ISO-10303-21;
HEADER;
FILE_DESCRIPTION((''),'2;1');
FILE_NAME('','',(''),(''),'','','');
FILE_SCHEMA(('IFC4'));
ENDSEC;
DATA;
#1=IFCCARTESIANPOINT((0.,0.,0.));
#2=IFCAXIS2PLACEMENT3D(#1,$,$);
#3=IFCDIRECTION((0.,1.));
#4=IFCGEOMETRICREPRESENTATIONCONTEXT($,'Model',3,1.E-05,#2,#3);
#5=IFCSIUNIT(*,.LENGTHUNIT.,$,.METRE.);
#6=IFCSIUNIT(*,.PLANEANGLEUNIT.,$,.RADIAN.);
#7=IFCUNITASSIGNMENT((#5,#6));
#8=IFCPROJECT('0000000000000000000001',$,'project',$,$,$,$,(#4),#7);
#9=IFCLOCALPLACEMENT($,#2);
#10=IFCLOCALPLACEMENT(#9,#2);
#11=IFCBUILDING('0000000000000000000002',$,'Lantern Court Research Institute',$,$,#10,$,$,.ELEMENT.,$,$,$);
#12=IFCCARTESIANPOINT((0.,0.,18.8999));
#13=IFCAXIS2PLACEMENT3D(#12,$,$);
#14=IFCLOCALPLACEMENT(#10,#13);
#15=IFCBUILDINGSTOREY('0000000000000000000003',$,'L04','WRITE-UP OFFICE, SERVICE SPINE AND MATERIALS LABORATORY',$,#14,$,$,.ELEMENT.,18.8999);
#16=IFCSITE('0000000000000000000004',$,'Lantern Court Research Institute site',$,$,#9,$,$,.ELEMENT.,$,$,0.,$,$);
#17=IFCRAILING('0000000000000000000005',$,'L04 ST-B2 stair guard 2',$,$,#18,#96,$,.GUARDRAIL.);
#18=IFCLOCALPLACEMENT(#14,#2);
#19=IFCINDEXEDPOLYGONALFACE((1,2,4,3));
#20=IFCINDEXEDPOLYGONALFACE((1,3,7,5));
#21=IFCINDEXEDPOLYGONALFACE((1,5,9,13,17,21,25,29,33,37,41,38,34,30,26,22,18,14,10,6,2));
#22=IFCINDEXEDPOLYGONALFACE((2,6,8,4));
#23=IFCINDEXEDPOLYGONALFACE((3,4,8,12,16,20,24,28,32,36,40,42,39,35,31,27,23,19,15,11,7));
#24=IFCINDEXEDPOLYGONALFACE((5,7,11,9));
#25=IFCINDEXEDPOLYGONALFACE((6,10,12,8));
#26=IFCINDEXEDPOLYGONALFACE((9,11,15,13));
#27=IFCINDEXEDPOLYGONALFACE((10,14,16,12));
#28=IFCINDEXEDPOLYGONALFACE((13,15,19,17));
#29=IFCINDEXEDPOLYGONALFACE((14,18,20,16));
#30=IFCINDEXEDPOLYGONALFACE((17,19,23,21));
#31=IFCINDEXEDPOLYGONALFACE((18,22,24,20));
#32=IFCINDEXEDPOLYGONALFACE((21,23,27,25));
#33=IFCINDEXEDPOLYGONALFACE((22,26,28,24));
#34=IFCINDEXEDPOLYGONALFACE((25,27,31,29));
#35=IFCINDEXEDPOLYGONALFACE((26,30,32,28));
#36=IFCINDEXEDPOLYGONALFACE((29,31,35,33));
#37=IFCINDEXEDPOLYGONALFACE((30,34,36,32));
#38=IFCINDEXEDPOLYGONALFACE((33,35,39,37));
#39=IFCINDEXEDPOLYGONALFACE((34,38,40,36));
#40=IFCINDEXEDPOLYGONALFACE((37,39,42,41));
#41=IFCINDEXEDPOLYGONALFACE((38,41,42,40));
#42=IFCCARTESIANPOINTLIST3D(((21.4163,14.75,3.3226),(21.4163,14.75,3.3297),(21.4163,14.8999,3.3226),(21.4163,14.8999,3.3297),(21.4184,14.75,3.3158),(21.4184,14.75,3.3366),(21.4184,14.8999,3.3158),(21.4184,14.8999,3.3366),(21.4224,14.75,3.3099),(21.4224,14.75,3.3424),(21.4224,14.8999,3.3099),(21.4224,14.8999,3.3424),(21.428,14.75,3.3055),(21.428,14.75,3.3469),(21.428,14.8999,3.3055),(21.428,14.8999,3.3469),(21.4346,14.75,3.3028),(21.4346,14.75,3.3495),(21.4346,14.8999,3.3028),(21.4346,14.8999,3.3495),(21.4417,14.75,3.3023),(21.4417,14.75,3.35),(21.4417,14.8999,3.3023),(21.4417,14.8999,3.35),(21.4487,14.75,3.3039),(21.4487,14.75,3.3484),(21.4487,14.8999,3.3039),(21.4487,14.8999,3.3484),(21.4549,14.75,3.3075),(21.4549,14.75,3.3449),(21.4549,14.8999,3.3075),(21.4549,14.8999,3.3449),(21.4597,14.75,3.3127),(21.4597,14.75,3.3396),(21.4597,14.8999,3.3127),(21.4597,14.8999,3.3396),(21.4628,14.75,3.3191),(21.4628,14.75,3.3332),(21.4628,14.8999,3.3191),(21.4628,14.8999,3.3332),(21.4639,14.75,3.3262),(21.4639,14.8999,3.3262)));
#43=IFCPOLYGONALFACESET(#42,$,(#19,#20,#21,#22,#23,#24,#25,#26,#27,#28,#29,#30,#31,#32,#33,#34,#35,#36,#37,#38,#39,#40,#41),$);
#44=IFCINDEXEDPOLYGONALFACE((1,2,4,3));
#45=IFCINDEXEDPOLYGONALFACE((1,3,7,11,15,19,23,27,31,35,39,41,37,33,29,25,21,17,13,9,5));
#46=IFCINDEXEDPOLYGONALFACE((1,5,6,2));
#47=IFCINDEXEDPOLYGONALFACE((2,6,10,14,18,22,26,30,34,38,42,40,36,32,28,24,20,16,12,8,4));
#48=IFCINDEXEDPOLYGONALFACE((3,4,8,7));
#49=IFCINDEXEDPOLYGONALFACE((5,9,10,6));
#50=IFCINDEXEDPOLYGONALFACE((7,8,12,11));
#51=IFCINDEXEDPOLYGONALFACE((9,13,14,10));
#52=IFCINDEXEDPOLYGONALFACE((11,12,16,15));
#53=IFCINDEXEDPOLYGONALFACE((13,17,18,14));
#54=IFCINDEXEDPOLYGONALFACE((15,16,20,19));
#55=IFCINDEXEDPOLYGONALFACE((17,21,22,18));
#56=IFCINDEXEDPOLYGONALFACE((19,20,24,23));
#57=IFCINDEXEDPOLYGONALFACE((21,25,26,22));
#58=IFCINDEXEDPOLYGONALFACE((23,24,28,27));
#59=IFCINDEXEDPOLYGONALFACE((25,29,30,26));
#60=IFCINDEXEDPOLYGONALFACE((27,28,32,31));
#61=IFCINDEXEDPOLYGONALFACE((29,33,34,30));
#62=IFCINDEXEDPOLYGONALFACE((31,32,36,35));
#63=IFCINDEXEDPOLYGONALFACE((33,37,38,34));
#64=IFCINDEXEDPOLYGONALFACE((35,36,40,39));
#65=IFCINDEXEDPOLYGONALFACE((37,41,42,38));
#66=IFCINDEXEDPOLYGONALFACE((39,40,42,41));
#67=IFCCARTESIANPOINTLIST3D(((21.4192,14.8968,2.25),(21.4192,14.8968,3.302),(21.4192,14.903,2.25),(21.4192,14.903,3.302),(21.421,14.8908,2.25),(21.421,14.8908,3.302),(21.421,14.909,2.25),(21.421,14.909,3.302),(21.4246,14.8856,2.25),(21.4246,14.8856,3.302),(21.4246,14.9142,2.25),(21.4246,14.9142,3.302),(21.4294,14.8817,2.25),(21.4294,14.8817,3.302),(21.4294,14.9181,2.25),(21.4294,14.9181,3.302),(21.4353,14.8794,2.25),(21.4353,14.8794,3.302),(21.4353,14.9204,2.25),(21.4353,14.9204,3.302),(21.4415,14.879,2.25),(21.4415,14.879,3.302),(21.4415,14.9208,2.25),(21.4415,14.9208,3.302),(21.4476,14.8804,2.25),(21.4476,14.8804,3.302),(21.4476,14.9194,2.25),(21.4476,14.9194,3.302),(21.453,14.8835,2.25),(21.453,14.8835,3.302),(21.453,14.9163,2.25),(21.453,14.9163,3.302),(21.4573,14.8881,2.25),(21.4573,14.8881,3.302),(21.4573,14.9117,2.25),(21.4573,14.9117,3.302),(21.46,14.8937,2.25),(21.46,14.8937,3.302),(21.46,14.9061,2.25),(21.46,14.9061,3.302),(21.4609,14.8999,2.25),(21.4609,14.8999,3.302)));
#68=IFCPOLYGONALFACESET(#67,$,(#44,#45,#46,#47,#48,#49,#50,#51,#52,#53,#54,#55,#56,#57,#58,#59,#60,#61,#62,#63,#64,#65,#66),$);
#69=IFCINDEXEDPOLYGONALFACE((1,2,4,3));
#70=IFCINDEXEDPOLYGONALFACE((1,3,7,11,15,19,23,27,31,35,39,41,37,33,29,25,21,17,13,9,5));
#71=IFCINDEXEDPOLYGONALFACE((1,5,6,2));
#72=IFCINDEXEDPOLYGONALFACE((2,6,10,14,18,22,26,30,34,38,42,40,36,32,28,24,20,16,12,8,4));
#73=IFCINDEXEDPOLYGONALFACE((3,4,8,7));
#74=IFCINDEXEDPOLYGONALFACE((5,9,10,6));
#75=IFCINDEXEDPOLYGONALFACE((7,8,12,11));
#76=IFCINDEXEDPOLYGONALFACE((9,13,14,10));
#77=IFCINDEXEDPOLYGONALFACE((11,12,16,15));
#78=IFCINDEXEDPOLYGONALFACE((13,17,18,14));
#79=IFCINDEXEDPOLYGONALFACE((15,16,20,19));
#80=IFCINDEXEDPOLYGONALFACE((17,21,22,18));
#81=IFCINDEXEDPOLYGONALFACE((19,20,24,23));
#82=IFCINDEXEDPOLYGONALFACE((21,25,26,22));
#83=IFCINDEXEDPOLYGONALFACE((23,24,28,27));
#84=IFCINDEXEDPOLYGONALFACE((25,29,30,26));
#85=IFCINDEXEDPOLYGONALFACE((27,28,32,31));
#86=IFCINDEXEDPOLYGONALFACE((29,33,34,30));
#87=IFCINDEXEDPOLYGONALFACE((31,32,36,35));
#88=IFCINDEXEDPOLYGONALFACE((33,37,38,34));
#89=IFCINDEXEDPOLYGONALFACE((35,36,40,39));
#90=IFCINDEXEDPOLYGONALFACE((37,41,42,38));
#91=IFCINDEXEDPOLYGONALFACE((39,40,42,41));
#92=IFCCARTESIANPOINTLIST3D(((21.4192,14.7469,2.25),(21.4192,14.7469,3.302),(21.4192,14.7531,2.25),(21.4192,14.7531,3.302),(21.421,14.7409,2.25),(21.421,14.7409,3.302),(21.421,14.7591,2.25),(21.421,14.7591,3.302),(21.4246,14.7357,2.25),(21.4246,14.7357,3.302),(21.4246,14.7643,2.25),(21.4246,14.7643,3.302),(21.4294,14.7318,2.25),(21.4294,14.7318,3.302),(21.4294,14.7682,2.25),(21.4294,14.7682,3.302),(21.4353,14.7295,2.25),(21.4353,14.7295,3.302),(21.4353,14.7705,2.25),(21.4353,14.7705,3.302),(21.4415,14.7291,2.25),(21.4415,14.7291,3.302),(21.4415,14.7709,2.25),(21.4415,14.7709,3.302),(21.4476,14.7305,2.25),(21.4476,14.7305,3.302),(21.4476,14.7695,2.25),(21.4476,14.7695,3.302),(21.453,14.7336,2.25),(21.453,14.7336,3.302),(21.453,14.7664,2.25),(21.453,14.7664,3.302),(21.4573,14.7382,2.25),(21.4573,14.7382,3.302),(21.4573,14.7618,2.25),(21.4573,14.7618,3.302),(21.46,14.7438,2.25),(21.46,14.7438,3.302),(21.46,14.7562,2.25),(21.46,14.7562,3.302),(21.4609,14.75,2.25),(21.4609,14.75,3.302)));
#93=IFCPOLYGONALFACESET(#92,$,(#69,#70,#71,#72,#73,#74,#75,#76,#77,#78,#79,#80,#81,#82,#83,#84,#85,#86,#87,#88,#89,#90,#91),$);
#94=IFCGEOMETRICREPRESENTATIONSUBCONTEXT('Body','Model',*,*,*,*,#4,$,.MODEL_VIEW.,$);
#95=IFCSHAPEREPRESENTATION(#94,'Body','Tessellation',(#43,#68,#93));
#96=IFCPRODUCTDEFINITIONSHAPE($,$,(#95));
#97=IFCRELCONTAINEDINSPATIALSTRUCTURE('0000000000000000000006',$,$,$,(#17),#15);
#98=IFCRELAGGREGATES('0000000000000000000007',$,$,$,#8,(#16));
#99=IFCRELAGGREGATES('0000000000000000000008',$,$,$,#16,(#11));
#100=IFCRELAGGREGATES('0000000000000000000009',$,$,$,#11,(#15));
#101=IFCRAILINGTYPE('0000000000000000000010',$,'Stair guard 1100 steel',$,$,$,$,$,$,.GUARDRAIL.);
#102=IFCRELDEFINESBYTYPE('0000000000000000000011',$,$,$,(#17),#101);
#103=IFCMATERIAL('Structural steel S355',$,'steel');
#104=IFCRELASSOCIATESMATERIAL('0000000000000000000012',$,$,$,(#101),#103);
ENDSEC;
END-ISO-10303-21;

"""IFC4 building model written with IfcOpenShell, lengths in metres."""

from ifc_helpers import new_model, si_unit, direction, frame, origin, origin_2d, place, context, subcontext, project, spatial, circle, extrude, material, type_object, element, save


model = new_model("IFC4")

# Units and contexts
model_context = context("Model", 3, precision=1e-05, world=origin(), true_north=direction((0.0, 1.0)))
body_context = subcontext(model_context, "Body", "Model", "MODEL_VIEW")
ifc_project = project(units=[si_unit("LENGTHUNIT", "METRE"), si_unit("PLANEANGLEUNIT", "RADIAN")], contexts=[model_context])

# Site, building, storey
site_placement = place(None, origin())
site = spatial("IfcSite", under=ifc_project, at=site_placement, Name="Lantern Court Research Institute site", CompositionType="ELEMENT", RefElevation=0.0)
building_placement = place(site_placement, origin())
building = spatial("IfcBuilding", under=site, at=building_placement, Name="Lantern Court Research Institute", CompositionType="ELEMENT")
storey_placement = place(building_placement, frame((0.0, 0.0, 18.8999)))
storey = spatial("IfcBuildingStorey", under=building, at=storey_placement, Name="L04", Description="WRITE-UP OFFICE, SERVICE SPINE AND MATERIALS LABORATORY", CompositionType="ELEMENT", Elevation=18.8999)

# Railing
ifc_material_1 = material(Name="Structural steel S355", Category="steel")
railing_type_1 = type_object("IfcRailingType", Name="Stair guard 1100 steel", PredefinedType="GUARDRAIL", material=ifc_material_1)
railing_1_placement = place(storey_placement, frame((21.4399, 14.8999, 2.25)))
element("IfcRailing", 1, at=railing_1_placement, inside=storey, type_object=railing_type_1, Name="L04 ST-B2 stair guard 2", PredefinedType="GUARDRAIL", context=body_context, shape_type="SweptSolid", body=[
    extrude(circle(Radius=0.0239, at=origin_2d()), frame((0.0, 0.0, 1.0762), z_axis=(0.0, -1.0, 0.0), x_axis=(1.0, 0.0, 0.0)), (0.0, 0.0, 1.0), 0.1499),
    extrude(circle(Radius=0.021, at=origin_2d()), origin(), (0.0, 0.0, 1.0), 1.052),
    extrude(circle(Radius=0.021, at=origin_2d()), frame((0.0, -0.1499, 0.0)), (0.0, 0.0, 1.0), 1.052),
])

save(model, "model.ifc")
